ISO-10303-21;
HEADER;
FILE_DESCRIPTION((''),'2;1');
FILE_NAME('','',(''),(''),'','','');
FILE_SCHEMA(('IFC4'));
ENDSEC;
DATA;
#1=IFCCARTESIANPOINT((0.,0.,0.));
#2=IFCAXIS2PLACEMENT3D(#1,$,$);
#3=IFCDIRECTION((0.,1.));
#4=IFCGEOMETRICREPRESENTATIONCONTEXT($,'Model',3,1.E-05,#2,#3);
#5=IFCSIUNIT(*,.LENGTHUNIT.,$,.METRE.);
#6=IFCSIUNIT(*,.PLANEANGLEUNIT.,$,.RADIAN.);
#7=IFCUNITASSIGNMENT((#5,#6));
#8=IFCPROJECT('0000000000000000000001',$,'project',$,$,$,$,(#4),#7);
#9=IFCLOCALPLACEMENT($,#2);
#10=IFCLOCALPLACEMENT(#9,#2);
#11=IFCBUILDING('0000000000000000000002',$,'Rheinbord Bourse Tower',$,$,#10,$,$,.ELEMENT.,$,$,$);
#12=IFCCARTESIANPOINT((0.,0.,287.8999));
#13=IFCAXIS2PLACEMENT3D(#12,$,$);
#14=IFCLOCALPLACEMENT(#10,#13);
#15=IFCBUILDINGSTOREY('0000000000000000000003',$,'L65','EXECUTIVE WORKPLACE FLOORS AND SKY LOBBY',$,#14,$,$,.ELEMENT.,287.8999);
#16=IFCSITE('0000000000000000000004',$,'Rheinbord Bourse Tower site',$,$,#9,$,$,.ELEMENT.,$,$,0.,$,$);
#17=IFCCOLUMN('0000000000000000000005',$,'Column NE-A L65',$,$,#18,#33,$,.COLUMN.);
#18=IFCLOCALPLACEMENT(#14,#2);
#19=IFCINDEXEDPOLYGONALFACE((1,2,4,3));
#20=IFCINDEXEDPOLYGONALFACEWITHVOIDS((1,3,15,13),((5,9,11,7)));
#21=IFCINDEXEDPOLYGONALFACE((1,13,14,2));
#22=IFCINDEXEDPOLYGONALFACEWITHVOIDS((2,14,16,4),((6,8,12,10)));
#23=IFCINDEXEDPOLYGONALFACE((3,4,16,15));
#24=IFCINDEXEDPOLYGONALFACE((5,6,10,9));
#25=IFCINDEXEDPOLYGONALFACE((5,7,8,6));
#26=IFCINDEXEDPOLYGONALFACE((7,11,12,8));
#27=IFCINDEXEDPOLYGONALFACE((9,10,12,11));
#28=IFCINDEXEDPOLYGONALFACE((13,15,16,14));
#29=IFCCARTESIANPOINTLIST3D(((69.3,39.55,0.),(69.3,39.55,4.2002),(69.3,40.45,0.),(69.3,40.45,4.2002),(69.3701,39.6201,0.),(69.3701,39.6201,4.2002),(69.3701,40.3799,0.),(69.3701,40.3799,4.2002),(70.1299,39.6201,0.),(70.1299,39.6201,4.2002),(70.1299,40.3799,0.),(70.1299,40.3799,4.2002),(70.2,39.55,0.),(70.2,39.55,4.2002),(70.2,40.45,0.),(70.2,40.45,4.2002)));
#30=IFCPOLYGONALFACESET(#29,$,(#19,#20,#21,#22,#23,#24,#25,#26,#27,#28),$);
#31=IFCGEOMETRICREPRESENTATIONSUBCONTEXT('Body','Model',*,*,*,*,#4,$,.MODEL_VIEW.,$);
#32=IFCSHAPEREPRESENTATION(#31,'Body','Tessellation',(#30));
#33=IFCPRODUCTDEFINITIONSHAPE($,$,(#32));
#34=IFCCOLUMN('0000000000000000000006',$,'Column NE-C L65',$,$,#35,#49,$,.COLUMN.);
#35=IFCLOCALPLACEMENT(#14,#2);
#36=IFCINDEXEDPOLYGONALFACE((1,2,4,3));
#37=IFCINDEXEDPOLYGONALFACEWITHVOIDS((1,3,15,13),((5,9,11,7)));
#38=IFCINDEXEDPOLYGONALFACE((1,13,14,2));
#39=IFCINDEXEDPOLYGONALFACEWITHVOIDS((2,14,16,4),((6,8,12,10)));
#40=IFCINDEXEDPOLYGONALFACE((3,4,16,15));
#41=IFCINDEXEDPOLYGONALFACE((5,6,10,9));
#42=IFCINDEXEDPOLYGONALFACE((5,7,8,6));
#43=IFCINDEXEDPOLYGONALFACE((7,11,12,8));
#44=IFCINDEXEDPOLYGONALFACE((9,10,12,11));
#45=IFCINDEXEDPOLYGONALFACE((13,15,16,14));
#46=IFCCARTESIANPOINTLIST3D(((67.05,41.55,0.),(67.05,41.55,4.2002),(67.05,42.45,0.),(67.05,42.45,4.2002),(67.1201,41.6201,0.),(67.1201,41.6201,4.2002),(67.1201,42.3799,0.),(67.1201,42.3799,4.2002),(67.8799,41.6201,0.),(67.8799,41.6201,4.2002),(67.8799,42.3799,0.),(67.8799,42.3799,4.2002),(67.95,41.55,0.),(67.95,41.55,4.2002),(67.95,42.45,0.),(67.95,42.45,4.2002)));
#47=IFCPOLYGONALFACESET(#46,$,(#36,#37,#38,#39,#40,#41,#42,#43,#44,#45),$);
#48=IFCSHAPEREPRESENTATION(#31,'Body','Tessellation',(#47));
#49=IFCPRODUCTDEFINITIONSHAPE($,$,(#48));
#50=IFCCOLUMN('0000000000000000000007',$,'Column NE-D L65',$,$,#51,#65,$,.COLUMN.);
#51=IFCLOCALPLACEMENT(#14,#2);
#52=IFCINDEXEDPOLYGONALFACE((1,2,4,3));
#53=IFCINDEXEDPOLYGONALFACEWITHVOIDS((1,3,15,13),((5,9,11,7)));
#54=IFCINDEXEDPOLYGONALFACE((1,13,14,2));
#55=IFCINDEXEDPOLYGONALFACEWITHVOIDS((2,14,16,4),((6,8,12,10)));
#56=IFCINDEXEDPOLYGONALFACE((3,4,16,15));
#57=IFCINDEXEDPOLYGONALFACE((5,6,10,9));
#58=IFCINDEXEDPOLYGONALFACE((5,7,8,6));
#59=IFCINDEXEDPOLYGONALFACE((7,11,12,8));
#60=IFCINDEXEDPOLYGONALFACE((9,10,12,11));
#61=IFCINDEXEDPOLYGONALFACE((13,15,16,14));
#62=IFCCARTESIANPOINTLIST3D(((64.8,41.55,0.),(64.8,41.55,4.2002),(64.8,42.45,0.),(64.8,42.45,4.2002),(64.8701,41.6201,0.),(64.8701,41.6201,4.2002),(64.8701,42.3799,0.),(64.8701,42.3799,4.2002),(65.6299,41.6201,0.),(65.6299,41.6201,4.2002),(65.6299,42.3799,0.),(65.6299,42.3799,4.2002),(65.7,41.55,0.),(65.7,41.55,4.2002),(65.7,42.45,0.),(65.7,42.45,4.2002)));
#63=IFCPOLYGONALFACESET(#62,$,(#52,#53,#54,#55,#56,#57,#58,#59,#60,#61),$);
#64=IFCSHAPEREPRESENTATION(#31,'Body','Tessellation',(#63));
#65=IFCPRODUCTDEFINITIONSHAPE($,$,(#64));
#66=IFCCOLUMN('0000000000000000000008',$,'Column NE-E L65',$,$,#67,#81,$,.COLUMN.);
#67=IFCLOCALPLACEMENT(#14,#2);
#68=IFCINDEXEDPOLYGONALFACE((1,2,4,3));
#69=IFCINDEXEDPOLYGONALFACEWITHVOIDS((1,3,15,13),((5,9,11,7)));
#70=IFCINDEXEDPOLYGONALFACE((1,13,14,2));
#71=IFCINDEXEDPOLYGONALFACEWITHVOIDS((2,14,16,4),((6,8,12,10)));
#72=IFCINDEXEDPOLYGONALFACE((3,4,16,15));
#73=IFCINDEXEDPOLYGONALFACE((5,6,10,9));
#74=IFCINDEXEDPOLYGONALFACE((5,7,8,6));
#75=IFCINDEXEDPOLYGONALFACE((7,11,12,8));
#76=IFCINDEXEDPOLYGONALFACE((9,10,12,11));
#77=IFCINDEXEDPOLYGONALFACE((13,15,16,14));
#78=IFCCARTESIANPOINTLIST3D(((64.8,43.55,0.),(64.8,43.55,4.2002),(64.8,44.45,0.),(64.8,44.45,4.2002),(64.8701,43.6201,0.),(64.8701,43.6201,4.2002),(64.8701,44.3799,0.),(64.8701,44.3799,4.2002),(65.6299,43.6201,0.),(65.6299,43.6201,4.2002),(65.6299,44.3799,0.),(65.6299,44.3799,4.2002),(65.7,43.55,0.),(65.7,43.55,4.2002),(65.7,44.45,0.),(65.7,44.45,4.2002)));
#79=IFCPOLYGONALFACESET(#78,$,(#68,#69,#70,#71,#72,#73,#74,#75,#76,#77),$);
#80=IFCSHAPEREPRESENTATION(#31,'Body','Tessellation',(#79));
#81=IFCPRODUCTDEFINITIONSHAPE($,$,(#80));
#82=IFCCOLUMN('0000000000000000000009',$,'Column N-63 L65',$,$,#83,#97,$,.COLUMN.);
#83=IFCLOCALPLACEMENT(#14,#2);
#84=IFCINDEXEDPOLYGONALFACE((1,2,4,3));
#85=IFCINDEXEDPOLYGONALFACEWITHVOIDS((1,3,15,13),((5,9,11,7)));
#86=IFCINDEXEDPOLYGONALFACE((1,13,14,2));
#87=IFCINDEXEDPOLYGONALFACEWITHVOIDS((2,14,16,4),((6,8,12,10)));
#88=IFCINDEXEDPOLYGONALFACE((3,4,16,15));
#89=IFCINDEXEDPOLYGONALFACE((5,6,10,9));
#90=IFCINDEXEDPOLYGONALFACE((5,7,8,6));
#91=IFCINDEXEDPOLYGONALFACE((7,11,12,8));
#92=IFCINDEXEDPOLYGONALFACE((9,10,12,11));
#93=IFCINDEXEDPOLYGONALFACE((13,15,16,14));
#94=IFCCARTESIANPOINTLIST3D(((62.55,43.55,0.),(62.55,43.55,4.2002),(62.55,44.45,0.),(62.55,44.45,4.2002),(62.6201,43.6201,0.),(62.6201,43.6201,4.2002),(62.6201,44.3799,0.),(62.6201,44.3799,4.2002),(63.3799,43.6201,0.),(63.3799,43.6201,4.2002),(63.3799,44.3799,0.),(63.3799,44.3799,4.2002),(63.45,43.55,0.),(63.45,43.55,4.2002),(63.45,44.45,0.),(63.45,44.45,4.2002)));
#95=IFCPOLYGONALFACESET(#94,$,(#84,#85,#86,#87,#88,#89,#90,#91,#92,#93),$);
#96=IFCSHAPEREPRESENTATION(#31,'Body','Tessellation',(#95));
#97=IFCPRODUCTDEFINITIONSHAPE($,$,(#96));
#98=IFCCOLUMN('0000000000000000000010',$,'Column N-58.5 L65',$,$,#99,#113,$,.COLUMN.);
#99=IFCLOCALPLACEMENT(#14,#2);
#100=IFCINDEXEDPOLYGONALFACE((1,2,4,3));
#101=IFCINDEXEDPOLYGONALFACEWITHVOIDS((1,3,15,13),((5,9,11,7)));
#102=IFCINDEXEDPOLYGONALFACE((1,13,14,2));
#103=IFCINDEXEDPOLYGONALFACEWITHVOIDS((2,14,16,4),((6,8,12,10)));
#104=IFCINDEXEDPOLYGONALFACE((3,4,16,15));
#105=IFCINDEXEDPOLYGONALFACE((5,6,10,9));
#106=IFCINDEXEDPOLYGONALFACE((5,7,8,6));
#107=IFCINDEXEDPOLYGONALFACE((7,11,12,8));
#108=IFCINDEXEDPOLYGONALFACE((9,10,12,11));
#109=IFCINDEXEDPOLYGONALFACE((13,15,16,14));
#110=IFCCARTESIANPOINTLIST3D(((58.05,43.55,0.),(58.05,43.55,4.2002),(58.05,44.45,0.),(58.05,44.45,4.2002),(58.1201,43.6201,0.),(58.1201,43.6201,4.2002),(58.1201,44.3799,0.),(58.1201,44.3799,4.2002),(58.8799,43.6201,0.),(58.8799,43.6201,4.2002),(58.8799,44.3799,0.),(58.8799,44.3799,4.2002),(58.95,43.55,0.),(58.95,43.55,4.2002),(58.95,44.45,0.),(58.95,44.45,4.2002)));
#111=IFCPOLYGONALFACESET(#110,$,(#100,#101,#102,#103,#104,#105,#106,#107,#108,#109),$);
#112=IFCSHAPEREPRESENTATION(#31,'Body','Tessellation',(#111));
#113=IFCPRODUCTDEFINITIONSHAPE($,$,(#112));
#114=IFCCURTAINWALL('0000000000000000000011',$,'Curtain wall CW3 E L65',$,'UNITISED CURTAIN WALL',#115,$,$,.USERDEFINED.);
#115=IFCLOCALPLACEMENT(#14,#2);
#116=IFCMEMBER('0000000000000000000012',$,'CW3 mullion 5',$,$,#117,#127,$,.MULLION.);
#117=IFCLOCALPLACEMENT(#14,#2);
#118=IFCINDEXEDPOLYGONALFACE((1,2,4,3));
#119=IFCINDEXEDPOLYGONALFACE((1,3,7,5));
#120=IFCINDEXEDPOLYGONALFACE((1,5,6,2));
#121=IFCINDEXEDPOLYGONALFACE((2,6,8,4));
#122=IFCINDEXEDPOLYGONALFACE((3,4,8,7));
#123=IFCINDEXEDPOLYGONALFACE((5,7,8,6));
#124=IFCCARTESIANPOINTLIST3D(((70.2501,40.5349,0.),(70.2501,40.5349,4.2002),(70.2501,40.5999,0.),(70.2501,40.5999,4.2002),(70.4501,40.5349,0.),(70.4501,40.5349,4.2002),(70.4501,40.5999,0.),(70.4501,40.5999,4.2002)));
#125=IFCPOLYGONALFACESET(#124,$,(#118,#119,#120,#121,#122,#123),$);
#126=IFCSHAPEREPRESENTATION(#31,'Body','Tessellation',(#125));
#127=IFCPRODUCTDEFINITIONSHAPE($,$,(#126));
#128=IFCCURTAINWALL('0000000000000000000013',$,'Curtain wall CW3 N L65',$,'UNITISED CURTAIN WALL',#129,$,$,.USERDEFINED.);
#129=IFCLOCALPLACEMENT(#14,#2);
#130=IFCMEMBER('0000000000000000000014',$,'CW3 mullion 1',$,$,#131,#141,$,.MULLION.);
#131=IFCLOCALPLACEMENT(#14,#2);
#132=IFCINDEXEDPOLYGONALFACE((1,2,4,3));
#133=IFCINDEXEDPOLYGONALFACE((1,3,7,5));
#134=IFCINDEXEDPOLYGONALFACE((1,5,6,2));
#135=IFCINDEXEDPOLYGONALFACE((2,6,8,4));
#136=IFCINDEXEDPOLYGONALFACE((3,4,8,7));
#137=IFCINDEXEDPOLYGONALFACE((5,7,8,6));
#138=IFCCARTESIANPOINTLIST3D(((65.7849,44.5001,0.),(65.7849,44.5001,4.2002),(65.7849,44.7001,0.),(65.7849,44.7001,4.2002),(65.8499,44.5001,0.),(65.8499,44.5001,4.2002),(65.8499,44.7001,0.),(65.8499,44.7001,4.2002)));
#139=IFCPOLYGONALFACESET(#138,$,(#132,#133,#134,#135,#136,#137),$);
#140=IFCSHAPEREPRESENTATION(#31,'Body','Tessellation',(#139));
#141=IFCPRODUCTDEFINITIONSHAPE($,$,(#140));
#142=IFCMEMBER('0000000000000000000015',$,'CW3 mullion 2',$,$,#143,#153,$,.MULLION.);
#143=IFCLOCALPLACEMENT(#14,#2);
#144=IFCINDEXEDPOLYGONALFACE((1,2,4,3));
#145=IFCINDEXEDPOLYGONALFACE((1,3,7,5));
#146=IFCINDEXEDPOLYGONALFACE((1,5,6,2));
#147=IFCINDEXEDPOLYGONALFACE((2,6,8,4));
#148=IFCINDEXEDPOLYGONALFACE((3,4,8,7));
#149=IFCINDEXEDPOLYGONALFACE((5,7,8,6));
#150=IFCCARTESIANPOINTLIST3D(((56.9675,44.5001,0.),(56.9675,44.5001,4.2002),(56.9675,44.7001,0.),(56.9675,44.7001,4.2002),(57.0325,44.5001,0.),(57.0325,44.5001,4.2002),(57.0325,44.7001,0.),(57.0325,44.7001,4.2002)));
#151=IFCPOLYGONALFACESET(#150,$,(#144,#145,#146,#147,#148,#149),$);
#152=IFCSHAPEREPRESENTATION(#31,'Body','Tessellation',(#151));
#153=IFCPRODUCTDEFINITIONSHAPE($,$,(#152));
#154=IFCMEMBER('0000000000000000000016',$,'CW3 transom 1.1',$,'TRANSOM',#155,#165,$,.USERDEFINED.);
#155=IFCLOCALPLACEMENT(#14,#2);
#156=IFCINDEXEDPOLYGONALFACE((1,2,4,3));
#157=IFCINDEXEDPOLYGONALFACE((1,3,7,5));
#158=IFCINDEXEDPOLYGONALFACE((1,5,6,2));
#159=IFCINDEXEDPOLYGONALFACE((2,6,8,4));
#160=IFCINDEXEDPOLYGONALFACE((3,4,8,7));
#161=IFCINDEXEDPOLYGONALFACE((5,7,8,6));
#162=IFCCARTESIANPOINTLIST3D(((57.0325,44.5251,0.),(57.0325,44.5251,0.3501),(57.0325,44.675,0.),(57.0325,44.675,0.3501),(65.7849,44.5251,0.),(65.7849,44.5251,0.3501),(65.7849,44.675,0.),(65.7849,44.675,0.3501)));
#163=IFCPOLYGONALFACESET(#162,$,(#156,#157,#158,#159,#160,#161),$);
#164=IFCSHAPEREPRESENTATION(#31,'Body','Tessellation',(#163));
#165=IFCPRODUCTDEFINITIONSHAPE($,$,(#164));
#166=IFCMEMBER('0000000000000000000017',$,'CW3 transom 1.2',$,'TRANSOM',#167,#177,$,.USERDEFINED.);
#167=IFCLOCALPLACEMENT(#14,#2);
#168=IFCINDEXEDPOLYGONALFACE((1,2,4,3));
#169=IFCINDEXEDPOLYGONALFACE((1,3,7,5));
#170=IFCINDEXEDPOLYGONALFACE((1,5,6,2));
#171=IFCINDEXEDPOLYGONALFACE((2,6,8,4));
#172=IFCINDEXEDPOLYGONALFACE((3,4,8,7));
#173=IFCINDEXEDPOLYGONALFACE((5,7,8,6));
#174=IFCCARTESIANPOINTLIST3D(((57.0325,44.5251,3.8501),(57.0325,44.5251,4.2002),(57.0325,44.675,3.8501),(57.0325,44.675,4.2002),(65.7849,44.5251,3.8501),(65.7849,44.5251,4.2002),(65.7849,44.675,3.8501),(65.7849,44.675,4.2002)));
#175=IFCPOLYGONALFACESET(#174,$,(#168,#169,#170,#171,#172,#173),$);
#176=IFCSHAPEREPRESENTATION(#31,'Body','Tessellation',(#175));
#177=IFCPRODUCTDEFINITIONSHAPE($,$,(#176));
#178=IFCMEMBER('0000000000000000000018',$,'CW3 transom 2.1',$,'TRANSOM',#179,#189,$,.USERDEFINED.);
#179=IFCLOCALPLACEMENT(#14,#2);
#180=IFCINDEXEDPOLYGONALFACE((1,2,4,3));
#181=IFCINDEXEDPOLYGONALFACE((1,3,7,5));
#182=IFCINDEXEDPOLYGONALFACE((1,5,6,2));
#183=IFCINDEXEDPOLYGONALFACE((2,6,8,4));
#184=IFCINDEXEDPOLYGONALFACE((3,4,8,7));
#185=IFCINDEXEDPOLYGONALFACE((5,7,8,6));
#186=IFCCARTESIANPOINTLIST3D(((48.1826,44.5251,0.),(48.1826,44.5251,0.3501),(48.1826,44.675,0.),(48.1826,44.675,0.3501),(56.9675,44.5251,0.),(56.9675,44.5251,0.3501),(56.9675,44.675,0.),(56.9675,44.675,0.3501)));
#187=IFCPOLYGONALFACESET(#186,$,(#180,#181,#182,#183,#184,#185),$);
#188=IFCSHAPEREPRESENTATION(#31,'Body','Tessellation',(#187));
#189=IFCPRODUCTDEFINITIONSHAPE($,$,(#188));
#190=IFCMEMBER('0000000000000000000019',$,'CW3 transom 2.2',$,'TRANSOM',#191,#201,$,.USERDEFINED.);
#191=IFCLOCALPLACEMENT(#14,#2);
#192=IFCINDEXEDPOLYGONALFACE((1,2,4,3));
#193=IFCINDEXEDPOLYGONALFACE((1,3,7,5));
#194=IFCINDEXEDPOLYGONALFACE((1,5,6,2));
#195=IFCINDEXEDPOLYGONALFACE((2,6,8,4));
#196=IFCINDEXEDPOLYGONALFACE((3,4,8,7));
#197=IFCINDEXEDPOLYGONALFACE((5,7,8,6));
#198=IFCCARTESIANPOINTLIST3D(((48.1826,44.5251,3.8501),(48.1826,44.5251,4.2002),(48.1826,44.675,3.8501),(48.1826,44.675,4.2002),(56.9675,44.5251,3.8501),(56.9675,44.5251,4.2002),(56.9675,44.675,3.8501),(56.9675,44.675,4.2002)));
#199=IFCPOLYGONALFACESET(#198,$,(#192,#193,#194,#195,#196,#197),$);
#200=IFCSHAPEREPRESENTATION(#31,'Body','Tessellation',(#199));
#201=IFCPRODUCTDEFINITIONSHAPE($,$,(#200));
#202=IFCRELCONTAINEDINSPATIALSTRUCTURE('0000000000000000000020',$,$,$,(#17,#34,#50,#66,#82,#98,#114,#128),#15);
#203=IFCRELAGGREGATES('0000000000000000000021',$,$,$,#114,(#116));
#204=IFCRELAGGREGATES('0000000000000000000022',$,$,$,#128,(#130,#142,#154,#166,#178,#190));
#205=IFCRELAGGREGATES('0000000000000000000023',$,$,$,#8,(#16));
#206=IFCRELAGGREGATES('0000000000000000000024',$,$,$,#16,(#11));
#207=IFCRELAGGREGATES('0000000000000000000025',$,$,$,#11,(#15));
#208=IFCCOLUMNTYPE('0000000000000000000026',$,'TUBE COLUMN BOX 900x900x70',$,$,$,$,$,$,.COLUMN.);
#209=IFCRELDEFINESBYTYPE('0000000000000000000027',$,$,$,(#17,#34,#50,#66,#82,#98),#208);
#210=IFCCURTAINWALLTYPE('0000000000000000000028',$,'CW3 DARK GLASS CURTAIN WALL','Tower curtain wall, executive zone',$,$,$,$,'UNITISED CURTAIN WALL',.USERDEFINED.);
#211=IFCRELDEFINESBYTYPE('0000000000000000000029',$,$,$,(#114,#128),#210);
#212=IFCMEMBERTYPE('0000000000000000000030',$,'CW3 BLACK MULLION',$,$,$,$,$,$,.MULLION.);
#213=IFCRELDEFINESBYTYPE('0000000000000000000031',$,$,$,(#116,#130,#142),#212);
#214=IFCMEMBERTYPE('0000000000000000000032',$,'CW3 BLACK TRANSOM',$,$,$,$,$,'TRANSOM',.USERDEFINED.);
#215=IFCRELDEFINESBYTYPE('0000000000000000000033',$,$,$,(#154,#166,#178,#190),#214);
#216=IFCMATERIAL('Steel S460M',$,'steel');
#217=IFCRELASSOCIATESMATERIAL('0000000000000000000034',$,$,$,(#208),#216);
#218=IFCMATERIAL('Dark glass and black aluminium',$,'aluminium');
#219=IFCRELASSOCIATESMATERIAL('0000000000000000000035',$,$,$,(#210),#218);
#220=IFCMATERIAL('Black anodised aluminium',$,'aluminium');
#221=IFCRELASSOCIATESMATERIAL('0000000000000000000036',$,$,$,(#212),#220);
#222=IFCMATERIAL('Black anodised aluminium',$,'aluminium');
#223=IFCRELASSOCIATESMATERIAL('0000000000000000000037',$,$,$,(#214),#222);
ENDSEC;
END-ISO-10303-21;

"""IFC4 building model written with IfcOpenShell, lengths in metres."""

from ifc_helpers import new_model, si_unit, direction, frame, origin, origin_2d, place, context, subcontext, project, spatial, rectangle, hollow_rectangle, extrude, material, material_profile, profile_set, type_object, element, aggregate, save


model = new_model("IFC4")

# Units and contexts
model_context = context("Model", 3, precision=1e-05, world=origin(), true_north=direction((0.0, 1.0)))
body_context = subcontext(model_context, "Body", "Model", "MODEL_VIEW")
ifc_project = project(units=[si_unit("LENGTHUNIT", "METRE"), si_unit("PLANEANGLEUNIT", "RADIAN")], contexts=[model_context])

# Site, building, storey
site_placement = place(None, origin())
site = spatial("IfcSite", under=ifc_project, at=site_placement, Name="Rheinbord Bourse Tower site", CompositionType="ELEMENT", RefElevation=0.0)
building_placement = place(site_placement, origin())
building = spatial("IfcBuilding", under=site, at=building_placement, Name="Rheinbord Bourse Tower", CompositionType="ELEMENT")
storey_placement = place(building_placement, frame((0.0, 0.0, 287.8999)))
storey = spatial("IfcBuildingStorey", under=building, at=storey_placement, Name="L65", Description="EXECUTIVE WORKPLACE FLOORS AND SKY LOBBY", CompositionType="ELEMENT", Elevation=287.8999)

# Columns
ifc_material_1 = material(Name="Steel S460M", Category="steel")
ifc_material_profile_1 = material_profile(ifc_material_1, hollow_rectangle(XDim=0.8999, YDim=0.8999, WallThickness=0.0701, at=origin_2d()), Name="BOX 900x900x70")
ifc_profile_set_1 = profile_set([ifc_material_profile_1], Name="Steel S460M")
column_type = type_object("IfcColumnType", Name="TUBE COLUMN BOX 900x900x70", PredefinedType="COLUMN", material=ifc_profile_set_1)
for number, where, z_axis, x_axis, name in (
    (1, (69.75, 40.0, 0.0), (0.0, 0.0, 1.0), (1.0, 0.0, 0.0), "Column NE-A L65"),
    (2, (67.5, 42.0, 0.0), (0.0, 0.0, 1.0), (1.0, 0.0, 0.0), "Column NE-C L65"),
    (3, (65.25, 42.0, 0.0), (0.0, 0.0, 1.0), (0.0, 1.0, 0.0), "Column NE-D L65"),
    (4, (65.25, 44.0, 0.0), (0.0, 0.0, 1.0), (0.0, 1.0, 0.0), "Column NE-E L65"),
    (5, (63.0, 44.0, 0.0), (0.0, 0.0, 1.0), (0.0, 1.0, 0.0), "Column N-63 L65"),
    (6, (58.5, 44.0, 0.0), (0.0, 0.0, 1.0), (0.0, 1.0, 0.0), "Column N-58.5 L65"),
):
    element("IfcColumn", number, at=place(storey_placement, frame(where, z_axis=z_axis, x_axis=x_axis)), inside=storey, type_object=column_type, Name=name, PredefinedType="COLUMN", context=body_context, shape_type="SweptSolid", body=[
        extrude(hollow_rectangle(XDim=0.8999, YDim=0.8999, WallThickness=0.0701, at=origin_2d()), origin(), (0.0, 0.0, 1.0), 4.2002),
    ])

# Curtain wall, member
ifc_material_2 = material(Name="Dark glass and black aluminium", Category="aluminium")
curtain_wall_type = type_object("IfcCurtainWallType", Name="CW3 DARK GLASS CURTAIN WALL", Description="Tower curtain wall, executive zone", ElementType="UNITISED CURTAIN WALL", PredefinedType="USERDEFINED", material=ifc_material_2)
curtain_wall_1_placement = place(storey_placement, origin())
curtain_wall_1 = element("IfcCurtainWall", 7, at=curtain_wall_1_placement, inside=storey, type_object=curtain_wall_type, Name="Curtain wall CW3 E L65", ObjectType="UNITISED CURTAIN WALL", PredefinedType="USERDEFINED")
ifc_material_3 = material(Name="Black anodised aluminium", Category="aluminium")
ifc_material_profile_2 = material_profile(ifc_material_3, rectangle(XDim=0.2, YDim=0.0649, at=origin_2d()), Name="CW3 MULLION 65x200")
ifc_profile_set_2 = profile_set([ifc_material_profile_2], Name="Black anodised aluminium")
member_type_1 = type_object("IfcMemberType", Name="CW3 BLACK MULLION", PredefinedType="MULLION", material=ifc_profile_set_2)
member_1_placement = place(storey_placement, frame((70.3501, 40.5674, 0.0), z_axis=(0.0, 0.0, 1.0), x_axis=(-1.0, 0.0, 0.0)))
member_1 = element("IfcMember", 8, at=member_1_placement, type_object=member_type_1, Name="CW3 mullion 5", PredefinedType="MULLION", context=body_context, shape_type="SweptSolid", body=[
    extrude(rectangle(XDim=0.2, YDim=0.0649, at=origin_2d()), origin(), (0.0, 0.0, 1.0), 4.2002),
])

# Curtain wall, members
curtain_wall_2_placement = place(storey_placement, origin())
curtain_wall_2 = element("IfcCurtainWall", 9, at=curtain_wall_2_placement, inside=storey, type_object=curtain_wall_type, Name="Curtain wall CW3 N L65", ObjectType="UNITISED CURTAIN WALL", PredefinedType="USERDEFINED")
member_2_placement = place(storey_placement, frame((65.8174, 44.6001, 0.0), z_axis=(0.0, 0.0, 1.0), x_axis=(0.0, -1.0, 0.0)))
member_2 = element("IfcMember", 10, at=member_2_placement, type_object=member_type_1, Name="CW3 mullion 1", PredefinedType="MULLION", context=body_context, shape_type="SweptSolid", body=[
    extrude(rectangle(XDim=0.2, YDim=0.0649, at=origin_2d()), origin(), (0.0, 0.0, 1.0), 4.2002),
])
member_3_placement = place(storey_placement, frame((57.0, 44.6001, 0.0), z_axis=(0.0, 0.0, 1.0), x_axis=(0.0, -1.0, 0.0)))
member_3 = element("IfcMember", 11, at=member_3_placement, type_object=member_type_1, Name="CW3 mullion 2", PredefinedType="MULLION", context=body_context, shape_type="SweptSolid", body=[
    extrude(rectangle(XDim=0.2, YDim=0.0649, at=origin_2d()), origin(), (0.0, 0.0, 1.0), 4.2002),
])
ifc_material_4 = material(Name="Black anodised aluminium", Category="aluminium")
ifc_material_profile_3 = material_profile(ifc_material_4, rectangle(XDim=0.1499, YDim=0.3501, at=origin_2d()), Name="CW3 TRANSOM 350x150")
ifc_profile_set_3 = profile_set([ifc_material_profile_3], Name="Black anodised aluminium")
member_type_2 = type_object("IfcMemberType", Name="CW3 BLACK TRANSOM", ElementType="TRANSOM", PredefinedType="USERDEFINED", material=ifc_profile_set_3)
member_4_placement = place(storey_placement, frame((65.7849, 44.6001, 0.175), z_axis=(-1.0, 0.0, 0.0), x_axis=(0.0, -1.0, 0.0)))
member_4 = element("IfcMember", 12, at=member_4_placement, type_object=member_type_2, Name="CW3 transom 1.1", ObjectType="TRANSOM", PredefinedType="USERDEFINED", context=body_context, shape_type="SweptSolid", body=[
    extrude(rectangle(XDim=0.1499, YDim=0.3501, at=origin_2d()), origin(), (0.0, 0.0, 1.0), 8.7524),
])
member_5_placement = place(storey_placement, frame((65.7849, 44.6001, 4.0251), z_axis=(-1.0, 0.0, 0.0), x_axis=(0.0, -1.0, 0.0)))
member_5 = element("IfcMember", 13, at=member_5_placement, type_object=member_type_2, Name="CW3 transom 1.2", ObjectType="TRANSOM", PredefinedType="USERDEFINED", context=body_context, shape_type="SweptSolid", body=[
    extrude(rectangle(XDim=0.1499, YDim=0.3501, at=origin_2d()), origin(), (0.0, 0.0, 1.0), 8.7524),
])
member_6_placement = place(storey_placement, frame((56.9675, 44.6001, 0.175), z_axis=(-1.0, 0.0, 0.0), x_axis=(0.0, -1.0, 0.0)))
member_6 = element("IfcMember", 14, at=member_6_placement, type_object=member_type_2, Name="CW3 transom 2.1", ObjectType="TRANSOM", PredefinedType="USERDEFINED", context=body_context, shape_type="SweptSolid", body=[
    extrude(rectangle(XDim=0.1499, YDim=0.3501, at=origin_2d()), origin(), (0.0, 0.0, 1.0), 8.7849),
])
member_7_placement = place(storey_placement, frame((56.9675, 44.6001, 4.0251), z_axis=(-1.0, 0.0, 0.0), x_axis=(0.0, -1.0, 0.0)))
member_7 = element("IfcMember", 15, at=member_7_placement, type_object=member_type_2, Name="CW3 transom 2.2", ObjectType="TRANSOM", PredefinedType="USERDEFINED", context=body_context, shape_type="SweptSolid", body=[
    extrude(rectangle(XDim=0.1499, YDim=0.3501, at=origin_2d()), origin(), (0.0, 0.0, 1.0), 8.7849),
])

aggregate(curtain_wall_1, [member_1])
aggregate(curtain_wall_2, [member_2, member_3, member_4, member_5, member_6, member_7])

save(model, "model.ifc")
